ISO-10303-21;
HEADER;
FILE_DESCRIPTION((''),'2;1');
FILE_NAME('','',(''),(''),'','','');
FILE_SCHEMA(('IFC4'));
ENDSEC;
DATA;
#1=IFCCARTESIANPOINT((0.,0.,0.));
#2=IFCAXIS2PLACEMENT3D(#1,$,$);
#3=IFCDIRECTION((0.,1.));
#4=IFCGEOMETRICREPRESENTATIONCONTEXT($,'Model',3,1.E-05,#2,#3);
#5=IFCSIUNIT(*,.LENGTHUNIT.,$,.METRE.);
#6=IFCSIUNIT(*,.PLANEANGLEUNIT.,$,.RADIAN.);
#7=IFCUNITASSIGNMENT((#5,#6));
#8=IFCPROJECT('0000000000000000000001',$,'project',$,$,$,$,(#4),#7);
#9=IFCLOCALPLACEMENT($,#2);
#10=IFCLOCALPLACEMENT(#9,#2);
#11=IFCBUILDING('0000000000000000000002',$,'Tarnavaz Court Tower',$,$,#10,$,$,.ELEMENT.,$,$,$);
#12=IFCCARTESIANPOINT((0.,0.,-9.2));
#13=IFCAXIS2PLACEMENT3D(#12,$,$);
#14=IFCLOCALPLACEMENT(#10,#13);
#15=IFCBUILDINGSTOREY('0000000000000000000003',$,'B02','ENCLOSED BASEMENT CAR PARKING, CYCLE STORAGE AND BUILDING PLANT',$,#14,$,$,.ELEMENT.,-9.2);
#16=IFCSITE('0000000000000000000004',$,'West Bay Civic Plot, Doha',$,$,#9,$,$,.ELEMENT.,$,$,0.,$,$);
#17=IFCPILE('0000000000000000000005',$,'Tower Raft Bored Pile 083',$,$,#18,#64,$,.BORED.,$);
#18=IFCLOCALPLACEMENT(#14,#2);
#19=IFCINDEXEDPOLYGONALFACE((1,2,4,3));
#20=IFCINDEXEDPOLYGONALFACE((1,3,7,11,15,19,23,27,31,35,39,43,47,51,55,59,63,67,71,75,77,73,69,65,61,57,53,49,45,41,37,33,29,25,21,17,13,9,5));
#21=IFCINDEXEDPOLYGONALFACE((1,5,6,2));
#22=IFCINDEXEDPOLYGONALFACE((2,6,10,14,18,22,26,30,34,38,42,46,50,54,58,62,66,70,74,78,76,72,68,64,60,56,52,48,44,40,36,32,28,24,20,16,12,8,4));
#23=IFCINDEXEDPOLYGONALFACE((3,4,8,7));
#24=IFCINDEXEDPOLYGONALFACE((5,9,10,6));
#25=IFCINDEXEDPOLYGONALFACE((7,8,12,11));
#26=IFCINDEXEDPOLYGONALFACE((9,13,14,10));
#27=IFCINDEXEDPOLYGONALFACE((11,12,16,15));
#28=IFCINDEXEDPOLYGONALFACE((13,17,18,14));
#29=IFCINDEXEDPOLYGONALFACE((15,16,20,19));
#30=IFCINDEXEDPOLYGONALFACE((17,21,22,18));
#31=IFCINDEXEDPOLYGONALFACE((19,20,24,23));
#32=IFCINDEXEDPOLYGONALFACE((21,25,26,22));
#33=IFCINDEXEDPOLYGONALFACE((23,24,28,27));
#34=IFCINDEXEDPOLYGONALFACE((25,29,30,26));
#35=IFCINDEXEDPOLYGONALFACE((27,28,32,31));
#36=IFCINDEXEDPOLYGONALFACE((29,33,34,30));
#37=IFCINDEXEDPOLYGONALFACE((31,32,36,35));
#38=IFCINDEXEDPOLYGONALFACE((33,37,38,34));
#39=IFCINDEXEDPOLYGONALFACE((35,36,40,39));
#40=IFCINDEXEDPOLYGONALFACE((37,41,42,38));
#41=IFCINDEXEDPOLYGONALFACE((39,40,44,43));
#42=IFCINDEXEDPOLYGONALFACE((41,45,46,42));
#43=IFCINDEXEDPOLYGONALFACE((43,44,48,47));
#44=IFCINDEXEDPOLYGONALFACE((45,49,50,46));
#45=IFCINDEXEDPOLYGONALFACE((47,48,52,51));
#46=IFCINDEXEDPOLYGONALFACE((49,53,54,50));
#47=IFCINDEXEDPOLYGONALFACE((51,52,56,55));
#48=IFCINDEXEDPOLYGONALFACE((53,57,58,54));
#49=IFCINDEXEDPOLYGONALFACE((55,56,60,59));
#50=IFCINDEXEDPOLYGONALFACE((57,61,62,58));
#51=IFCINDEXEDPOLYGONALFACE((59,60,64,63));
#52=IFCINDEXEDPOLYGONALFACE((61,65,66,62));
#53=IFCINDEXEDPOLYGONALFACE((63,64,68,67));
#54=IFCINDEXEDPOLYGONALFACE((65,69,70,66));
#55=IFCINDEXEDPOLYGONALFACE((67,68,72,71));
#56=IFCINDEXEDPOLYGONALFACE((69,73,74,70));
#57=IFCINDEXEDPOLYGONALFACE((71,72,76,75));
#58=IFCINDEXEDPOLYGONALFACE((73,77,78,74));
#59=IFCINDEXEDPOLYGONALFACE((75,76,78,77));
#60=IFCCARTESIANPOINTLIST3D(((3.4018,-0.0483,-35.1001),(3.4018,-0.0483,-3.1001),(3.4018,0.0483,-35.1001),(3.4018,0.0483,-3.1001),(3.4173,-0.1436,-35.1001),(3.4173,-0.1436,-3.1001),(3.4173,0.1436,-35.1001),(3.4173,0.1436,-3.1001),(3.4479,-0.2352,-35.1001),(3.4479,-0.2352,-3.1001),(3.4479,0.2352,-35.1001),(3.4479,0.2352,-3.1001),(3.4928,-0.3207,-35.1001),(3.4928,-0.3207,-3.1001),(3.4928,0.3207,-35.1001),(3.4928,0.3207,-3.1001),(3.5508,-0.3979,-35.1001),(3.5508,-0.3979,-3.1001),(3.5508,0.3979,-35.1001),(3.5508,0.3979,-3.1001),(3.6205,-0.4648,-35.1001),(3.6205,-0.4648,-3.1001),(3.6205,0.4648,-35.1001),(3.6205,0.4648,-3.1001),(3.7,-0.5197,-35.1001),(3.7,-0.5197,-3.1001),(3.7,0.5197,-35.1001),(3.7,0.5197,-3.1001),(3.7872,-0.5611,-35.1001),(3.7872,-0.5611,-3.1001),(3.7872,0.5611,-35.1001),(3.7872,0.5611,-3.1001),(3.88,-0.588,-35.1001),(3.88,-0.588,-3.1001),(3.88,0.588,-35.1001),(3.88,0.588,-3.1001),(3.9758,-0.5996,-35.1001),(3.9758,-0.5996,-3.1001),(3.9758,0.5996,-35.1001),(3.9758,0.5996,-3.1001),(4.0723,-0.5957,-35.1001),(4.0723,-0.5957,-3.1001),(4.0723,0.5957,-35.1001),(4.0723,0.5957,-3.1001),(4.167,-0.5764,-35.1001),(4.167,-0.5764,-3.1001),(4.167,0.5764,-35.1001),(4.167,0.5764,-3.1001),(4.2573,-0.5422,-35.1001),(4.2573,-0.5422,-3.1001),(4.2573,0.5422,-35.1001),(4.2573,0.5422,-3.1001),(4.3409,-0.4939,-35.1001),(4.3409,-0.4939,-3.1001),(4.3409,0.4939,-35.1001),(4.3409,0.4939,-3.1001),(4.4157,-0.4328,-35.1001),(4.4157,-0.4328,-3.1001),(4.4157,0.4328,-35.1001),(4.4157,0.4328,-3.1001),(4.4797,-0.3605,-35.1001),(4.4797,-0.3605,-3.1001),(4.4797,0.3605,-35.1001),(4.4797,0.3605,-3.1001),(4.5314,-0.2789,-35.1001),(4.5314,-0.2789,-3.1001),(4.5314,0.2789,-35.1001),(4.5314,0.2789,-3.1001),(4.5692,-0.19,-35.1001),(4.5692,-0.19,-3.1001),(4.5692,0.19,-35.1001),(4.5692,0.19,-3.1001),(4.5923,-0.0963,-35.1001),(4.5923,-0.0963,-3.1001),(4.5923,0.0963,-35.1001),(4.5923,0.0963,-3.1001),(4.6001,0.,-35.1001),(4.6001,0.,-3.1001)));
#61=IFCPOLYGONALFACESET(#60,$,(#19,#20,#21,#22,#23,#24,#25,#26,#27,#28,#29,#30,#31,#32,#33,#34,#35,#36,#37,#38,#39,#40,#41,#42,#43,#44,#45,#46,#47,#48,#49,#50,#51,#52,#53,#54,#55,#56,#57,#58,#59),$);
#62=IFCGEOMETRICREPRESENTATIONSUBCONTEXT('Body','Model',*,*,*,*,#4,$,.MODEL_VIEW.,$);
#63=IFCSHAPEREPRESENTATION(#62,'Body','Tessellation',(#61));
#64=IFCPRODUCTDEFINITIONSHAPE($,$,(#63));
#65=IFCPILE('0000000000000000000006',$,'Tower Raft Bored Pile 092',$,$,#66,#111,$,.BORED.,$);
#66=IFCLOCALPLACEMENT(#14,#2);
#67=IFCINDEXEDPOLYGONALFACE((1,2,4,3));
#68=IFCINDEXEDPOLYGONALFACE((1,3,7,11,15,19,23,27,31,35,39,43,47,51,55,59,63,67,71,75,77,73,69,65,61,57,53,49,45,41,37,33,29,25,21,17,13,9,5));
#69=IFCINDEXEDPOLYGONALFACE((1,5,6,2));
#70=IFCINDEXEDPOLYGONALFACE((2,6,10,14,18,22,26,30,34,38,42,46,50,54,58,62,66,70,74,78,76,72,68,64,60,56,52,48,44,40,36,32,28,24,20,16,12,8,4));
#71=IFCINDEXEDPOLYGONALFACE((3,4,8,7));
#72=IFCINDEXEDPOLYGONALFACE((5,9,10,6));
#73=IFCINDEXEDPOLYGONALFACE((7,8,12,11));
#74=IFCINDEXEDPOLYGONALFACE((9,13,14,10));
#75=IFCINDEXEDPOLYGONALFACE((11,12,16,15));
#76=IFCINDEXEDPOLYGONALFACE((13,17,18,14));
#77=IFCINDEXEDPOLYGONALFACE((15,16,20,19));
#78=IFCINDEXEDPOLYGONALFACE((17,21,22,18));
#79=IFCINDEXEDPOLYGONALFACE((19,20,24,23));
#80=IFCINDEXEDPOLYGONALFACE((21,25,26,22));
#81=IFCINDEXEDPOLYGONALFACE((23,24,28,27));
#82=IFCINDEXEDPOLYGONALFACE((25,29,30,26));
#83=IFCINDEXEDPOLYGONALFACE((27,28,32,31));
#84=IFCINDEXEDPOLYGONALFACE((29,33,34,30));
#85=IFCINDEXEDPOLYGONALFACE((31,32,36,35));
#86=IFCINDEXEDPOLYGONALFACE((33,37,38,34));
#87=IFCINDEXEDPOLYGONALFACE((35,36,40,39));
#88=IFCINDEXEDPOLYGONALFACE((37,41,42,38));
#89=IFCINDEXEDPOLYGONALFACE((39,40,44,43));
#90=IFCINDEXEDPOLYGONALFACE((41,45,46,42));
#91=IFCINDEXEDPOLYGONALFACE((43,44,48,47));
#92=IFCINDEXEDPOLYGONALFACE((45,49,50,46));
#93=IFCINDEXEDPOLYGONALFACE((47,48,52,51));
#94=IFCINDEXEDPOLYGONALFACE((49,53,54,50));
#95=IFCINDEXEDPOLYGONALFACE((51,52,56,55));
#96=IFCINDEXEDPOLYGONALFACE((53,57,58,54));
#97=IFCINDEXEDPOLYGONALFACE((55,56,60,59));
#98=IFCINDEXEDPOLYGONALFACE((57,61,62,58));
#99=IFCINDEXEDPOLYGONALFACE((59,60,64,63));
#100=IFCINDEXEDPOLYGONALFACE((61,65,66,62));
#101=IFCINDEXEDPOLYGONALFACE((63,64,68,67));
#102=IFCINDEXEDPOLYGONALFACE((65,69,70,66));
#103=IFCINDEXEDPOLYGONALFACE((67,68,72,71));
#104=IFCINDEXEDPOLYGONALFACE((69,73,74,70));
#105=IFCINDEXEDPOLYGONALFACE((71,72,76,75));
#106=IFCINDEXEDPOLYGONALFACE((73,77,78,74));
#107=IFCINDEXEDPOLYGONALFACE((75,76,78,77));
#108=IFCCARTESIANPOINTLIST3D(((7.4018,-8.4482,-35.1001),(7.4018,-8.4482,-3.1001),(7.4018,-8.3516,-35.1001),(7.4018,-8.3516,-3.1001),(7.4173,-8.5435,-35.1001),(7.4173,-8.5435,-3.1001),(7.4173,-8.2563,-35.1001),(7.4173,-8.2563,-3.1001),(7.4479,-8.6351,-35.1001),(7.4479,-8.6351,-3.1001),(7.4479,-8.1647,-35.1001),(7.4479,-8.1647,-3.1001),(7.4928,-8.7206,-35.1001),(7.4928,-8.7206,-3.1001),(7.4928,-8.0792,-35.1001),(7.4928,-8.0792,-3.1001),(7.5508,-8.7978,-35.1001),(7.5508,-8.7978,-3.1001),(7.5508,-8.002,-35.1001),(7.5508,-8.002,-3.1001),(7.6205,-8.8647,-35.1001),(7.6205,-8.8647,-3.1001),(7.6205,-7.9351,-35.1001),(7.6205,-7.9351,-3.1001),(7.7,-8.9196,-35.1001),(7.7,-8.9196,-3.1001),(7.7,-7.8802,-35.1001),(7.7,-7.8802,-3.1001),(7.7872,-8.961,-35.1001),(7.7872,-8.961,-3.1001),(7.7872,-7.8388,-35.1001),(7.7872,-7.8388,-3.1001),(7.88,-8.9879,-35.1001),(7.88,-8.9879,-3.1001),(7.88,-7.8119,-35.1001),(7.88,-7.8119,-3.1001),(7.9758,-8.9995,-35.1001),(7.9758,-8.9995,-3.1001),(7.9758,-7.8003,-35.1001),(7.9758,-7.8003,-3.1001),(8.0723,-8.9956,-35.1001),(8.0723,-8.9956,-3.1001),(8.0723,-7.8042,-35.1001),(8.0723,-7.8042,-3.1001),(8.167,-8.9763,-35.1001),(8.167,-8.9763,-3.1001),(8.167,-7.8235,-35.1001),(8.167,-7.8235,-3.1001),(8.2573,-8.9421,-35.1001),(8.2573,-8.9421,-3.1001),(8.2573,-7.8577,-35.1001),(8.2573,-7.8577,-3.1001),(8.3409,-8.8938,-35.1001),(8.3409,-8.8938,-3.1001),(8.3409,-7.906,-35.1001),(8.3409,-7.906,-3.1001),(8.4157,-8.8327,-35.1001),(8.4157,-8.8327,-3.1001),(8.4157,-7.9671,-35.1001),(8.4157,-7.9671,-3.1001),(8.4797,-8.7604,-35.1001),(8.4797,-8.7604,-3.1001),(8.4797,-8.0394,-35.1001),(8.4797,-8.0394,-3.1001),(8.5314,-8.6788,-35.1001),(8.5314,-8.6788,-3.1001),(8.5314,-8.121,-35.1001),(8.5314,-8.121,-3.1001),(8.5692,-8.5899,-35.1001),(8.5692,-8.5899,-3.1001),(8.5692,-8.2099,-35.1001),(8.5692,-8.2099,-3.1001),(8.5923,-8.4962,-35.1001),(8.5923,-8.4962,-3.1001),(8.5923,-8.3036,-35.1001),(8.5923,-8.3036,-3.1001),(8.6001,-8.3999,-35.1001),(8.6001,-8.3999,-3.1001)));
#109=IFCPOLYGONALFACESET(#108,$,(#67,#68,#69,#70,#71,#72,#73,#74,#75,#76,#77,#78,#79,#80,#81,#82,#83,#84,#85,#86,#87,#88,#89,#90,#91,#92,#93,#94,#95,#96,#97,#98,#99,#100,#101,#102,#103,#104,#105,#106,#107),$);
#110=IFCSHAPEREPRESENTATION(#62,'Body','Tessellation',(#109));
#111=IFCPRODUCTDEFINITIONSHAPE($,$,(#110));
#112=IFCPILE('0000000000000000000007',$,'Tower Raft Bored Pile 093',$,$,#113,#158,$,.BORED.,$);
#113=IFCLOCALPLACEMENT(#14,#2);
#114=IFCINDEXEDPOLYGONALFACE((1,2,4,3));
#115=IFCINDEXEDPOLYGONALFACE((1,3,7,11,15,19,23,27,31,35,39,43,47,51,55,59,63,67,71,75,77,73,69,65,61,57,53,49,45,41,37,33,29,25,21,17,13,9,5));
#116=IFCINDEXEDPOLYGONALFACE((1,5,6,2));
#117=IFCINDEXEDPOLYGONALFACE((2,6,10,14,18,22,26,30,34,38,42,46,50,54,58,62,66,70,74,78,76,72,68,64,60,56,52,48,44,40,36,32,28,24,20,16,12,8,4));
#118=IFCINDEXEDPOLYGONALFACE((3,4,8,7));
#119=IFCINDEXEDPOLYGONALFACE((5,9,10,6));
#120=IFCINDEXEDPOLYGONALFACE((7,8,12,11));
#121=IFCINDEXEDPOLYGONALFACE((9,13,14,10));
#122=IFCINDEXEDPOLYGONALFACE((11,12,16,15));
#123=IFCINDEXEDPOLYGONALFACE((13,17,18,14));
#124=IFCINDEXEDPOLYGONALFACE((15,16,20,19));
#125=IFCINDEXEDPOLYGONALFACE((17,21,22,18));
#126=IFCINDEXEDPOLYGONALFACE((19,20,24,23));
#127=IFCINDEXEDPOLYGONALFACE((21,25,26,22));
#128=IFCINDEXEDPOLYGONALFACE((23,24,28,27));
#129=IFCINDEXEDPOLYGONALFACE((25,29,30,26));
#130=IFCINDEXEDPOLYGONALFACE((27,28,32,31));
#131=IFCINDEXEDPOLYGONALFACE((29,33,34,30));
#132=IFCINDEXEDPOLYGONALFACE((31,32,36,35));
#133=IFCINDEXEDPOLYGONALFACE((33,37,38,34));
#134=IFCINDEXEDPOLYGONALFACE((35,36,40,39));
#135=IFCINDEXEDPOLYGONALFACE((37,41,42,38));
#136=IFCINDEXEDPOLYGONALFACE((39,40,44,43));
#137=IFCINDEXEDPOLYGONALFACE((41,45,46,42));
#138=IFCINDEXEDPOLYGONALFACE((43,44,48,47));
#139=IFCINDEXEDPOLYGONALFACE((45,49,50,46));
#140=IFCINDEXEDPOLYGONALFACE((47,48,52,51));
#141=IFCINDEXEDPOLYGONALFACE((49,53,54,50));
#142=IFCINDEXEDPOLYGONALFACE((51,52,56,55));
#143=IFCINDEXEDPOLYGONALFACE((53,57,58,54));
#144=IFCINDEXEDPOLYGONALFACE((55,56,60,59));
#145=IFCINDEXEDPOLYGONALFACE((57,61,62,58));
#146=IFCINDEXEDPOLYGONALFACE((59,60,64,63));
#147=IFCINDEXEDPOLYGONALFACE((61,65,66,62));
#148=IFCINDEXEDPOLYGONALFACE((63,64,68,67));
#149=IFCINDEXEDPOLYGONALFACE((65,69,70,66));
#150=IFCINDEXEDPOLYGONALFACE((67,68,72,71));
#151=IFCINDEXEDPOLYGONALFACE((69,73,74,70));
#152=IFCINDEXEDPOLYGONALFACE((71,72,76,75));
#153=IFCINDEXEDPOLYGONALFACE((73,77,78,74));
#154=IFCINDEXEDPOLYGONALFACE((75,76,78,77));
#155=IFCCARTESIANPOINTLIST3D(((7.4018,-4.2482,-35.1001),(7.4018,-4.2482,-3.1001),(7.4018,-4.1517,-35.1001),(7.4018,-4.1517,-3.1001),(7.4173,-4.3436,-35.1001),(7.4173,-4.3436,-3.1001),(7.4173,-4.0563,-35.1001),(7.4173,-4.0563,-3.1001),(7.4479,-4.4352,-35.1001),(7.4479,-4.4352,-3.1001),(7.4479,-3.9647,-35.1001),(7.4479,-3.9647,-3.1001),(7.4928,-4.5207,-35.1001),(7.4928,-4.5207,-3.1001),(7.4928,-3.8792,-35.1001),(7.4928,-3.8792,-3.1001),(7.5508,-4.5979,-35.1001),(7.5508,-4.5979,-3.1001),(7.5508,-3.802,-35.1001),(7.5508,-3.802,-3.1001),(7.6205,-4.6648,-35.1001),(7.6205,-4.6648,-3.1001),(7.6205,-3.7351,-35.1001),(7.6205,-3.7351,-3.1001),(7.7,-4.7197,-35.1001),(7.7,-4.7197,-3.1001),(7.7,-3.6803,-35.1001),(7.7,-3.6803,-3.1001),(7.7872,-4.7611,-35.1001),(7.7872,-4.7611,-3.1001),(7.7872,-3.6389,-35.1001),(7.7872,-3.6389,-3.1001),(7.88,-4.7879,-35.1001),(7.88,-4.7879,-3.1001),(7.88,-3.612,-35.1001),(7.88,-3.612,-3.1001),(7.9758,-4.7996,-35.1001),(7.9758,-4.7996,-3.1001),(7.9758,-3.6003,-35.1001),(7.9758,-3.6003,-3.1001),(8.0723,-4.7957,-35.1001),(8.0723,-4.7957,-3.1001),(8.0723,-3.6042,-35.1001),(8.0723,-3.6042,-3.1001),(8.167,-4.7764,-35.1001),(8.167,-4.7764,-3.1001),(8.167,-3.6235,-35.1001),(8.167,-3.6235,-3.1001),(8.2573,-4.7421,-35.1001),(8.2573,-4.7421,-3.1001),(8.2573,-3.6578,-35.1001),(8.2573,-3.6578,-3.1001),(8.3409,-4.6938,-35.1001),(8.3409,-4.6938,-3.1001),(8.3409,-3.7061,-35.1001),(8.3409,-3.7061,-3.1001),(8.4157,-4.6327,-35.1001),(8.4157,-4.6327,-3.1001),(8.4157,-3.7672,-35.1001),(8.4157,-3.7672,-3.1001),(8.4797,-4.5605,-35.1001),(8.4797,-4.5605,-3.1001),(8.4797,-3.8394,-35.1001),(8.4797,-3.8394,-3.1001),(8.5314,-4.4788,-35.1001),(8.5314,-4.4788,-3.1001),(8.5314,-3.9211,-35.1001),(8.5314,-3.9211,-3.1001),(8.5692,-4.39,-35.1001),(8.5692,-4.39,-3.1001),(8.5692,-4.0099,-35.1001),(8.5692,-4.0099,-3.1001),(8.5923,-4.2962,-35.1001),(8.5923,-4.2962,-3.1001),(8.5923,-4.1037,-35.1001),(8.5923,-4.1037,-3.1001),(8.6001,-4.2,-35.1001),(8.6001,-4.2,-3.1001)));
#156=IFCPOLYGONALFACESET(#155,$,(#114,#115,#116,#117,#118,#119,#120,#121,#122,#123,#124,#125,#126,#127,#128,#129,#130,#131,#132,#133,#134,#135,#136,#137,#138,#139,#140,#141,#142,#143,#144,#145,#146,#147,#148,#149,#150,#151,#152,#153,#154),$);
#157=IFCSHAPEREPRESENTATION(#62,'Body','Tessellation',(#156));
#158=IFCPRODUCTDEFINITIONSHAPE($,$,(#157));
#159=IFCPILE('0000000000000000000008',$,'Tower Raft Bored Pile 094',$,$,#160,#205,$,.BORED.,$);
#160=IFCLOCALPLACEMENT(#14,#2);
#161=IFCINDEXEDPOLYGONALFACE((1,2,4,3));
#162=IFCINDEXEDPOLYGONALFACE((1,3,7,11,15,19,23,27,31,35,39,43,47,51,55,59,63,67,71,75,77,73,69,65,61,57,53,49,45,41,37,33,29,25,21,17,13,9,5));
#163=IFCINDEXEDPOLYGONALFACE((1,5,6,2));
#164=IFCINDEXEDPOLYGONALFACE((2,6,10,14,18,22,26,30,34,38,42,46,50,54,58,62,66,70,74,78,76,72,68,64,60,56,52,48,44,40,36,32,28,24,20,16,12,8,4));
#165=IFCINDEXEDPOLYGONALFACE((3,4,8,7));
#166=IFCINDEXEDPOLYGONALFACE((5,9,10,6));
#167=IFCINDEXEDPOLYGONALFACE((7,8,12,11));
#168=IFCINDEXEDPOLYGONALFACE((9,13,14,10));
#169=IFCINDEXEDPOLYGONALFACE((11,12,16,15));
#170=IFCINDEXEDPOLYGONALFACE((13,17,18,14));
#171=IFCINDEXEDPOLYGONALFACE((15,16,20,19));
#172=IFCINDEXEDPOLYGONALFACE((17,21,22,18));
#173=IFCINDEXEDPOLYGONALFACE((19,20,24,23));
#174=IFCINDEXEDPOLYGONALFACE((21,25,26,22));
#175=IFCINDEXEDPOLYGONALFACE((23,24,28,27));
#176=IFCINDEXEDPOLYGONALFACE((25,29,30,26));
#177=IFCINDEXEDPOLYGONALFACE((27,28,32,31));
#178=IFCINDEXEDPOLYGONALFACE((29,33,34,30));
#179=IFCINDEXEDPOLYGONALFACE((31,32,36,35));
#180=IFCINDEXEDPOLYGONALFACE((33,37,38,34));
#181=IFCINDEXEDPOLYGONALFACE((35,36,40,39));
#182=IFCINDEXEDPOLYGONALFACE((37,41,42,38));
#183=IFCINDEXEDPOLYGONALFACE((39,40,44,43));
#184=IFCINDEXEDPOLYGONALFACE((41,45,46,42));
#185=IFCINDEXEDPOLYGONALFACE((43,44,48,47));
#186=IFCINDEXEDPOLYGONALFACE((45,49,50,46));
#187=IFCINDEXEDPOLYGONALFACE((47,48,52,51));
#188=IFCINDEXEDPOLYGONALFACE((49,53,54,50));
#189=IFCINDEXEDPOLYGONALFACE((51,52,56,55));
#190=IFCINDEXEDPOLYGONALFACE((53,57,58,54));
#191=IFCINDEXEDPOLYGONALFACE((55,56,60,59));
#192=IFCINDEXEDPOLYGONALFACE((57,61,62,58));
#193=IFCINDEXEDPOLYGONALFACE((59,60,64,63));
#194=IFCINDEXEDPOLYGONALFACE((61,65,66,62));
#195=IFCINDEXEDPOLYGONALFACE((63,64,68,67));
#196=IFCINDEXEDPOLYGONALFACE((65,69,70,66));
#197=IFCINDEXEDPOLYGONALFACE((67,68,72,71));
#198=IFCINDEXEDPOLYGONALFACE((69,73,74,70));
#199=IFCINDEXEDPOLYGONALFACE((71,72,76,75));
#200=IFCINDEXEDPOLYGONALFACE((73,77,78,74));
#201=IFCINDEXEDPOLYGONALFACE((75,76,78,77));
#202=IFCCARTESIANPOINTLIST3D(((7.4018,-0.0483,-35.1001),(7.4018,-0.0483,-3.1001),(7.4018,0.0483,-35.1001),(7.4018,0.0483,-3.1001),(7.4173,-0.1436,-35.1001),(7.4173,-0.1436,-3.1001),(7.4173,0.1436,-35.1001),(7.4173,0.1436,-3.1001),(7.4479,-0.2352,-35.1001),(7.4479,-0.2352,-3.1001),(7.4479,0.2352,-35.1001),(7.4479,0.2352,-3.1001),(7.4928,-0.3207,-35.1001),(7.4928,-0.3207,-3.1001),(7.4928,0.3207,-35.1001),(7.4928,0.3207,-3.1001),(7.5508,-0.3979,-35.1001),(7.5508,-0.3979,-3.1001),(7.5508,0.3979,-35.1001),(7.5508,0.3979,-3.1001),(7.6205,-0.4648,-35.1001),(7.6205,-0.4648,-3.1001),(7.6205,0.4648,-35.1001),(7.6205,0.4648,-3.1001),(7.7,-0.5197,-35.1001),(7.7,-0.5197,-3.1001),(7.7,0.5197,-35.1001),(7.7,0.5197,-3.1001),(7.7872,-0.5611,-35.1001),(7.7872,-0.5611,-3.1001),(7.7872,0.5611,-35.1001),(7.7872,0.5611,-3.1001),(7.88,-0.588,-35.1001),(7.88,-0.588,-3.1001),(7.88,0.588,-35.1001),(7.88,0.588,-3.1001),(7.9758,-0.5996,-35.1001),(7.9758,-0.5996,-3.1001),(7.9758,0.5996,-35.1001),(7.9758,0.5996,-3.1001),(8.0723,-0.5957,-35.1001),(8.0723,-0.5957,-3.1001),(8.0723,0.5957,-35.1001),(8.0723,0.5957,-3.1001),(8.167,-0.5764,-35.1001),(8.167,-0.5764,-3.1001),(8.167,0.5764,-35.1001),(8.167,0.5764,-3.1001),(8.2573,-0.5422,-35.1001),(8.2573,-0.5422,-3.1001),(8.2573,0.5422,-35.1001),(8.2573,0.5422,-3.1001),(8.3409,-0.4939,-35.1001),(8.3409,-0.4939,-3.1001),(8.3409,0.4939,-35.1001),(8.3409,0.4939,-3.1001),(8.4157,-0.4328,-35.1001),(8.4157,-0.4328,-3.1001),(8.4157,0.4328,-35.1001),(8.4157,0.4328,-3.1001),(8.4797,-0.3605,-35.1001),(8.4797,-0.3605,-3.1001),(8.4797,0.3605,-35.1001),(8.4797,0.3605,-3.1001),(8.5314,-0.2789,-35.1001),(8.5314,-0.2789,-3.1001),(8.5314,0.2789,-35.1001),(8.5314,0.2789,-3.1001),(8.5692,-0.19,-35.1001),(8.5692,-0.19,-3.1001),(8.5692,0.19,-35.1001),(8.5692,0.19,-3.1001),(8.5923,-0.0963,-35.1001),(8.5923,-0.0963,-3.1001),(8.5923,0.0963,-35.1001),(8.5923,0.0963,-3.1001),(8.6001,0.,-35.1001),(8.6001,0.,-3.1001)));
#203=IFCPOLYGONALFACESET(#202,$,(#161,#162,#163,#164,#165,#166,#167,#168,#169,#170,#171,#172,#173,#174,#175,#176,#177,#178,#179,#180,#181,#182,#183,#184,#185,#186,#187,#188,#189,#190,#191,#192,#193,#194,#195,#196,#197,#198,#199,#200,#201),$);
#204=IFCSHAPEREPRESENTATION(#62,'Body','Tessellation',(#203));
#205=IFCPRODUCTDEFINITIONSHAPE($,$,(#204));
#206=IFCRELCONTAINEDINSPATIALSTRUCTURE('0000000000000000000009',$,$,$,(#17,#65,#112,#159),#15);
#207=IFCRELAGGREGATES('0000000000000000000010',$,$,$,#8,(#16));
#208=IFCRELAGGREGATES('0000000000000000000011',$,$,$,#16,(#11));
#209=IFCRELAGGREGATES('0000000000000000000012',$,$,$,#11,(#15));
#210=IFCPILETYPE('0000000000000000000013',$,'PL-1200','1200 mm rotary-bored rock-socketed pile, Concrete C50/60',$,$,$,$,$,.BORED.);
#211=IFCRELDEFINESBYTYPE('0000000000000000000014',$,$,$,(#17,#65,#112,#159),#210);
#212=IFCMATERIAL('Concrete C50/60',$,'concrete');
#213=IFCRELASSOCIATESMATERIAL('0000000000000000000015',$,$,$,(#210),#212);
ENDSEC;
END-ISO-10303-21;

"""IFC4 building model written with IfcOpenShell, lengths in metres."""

from ifc_helpers import new_model, si_unit, direction, frame, origin, origin_2d, place, context, subcontext, project, spatial, circle, extrude, material, material_profile, profile_set, type_object, element, save


model = new_model("IFC4")

# Units and contexts
model_context = context("Model", 3, precision=1e-05, world=origin(), true_north=direction((0.0, 1.0)))
body_context = subcontext(model_context, "Body", "Model", "MODEL_VIEW")
ifc_project = project(units=[si_unit("LENGTHUNIT", "METRE"), si_unit("PLANEANGLEUNIT", "RADIAN")], contexts=[model_context])

# Site, building, storey
site_placement = place(None, origin())
site = spatial("IfcSite", under=ifc_project, at=site_placement, Name="West Bay Civic Plot, Doha", CompositionType="ELEMENT", RefElevation=0.0)
building_placement = place(site_placement, origin())
building = spatial("IfcBuilding", under=site, at=building_placement, Name="Tarnavaz Court Tower", CompositionType="ELEMENT")
storey_placement = place(building_placement, frame((0.0, 0.0, -9.2)))
storey = spatial("IfcBuildingStorey", under=building, at=storey_placement, Name="B02", Description="ENCLOSED BASEMENT CAR PARKING, CYCLE STORAGE AND BUILDING PLANT", CompositionType="ELEMENT", Elevation=-9.2)

# Piles
ifc_material_1 = material(Name="Concrete C50/60", Category="concrete")
ifc_material_profile_1 = material_profile(ifc_material_1, circle(Radius=0.6001, at=origin_2d()), Name="PILE D1200")
ifc_profile_set_1 = profile_set([ifc_material_profile_1], Name="Concrete C50/60")
pile_type = type_object("IfcPileType", Name="PL-1200", Description="1200 mm rotary-bored rock-socketed pile, Concrete C50/60", PredefinedType="BORED", material=ifc_profile_set_1)
for number, where, z_axis, x_axis, name in (
    (1, (4.0, 0.0, -3.1001), (0.0, 0.0, -1.0), (1.0, 0.0, 0.0), "Tower Raft Bored Pile 083"),
    (2, (8.0, -8.3999, -3.1001), (0.0, 0.0, -1.0), (1.0, 0.0, 0.0), "Tower Raft Bored Pile 092"),
    (3, (8.0, -4.2, -3.1001), (0.0, 0.0, -1.0), (1.0, 0.0, 0.0), "Tower Raft Bored Pile 093"),
    (4, (8.0, 0.0, -3.1001), (0.0, 0.0, -1.0), (1.0, 0.0, 0.0), "Tower Raft Bored Pile 094"),
):
    element("IfcPile", number, at=place(storey_placement, frame(where, z_axis=z_axis, x_axis=x_axis)), inside=storey, type_object=pile_type, Name=name, PredefinedType="BORED", context=body_context, shape_type="SweptSolid", body=[
        extrude(circle(Radius=0.6001, at=origin_2d()), origin(), (0.0, 0.0, 1.0), 32.0),
    ])

save(model, "model.ifc")
